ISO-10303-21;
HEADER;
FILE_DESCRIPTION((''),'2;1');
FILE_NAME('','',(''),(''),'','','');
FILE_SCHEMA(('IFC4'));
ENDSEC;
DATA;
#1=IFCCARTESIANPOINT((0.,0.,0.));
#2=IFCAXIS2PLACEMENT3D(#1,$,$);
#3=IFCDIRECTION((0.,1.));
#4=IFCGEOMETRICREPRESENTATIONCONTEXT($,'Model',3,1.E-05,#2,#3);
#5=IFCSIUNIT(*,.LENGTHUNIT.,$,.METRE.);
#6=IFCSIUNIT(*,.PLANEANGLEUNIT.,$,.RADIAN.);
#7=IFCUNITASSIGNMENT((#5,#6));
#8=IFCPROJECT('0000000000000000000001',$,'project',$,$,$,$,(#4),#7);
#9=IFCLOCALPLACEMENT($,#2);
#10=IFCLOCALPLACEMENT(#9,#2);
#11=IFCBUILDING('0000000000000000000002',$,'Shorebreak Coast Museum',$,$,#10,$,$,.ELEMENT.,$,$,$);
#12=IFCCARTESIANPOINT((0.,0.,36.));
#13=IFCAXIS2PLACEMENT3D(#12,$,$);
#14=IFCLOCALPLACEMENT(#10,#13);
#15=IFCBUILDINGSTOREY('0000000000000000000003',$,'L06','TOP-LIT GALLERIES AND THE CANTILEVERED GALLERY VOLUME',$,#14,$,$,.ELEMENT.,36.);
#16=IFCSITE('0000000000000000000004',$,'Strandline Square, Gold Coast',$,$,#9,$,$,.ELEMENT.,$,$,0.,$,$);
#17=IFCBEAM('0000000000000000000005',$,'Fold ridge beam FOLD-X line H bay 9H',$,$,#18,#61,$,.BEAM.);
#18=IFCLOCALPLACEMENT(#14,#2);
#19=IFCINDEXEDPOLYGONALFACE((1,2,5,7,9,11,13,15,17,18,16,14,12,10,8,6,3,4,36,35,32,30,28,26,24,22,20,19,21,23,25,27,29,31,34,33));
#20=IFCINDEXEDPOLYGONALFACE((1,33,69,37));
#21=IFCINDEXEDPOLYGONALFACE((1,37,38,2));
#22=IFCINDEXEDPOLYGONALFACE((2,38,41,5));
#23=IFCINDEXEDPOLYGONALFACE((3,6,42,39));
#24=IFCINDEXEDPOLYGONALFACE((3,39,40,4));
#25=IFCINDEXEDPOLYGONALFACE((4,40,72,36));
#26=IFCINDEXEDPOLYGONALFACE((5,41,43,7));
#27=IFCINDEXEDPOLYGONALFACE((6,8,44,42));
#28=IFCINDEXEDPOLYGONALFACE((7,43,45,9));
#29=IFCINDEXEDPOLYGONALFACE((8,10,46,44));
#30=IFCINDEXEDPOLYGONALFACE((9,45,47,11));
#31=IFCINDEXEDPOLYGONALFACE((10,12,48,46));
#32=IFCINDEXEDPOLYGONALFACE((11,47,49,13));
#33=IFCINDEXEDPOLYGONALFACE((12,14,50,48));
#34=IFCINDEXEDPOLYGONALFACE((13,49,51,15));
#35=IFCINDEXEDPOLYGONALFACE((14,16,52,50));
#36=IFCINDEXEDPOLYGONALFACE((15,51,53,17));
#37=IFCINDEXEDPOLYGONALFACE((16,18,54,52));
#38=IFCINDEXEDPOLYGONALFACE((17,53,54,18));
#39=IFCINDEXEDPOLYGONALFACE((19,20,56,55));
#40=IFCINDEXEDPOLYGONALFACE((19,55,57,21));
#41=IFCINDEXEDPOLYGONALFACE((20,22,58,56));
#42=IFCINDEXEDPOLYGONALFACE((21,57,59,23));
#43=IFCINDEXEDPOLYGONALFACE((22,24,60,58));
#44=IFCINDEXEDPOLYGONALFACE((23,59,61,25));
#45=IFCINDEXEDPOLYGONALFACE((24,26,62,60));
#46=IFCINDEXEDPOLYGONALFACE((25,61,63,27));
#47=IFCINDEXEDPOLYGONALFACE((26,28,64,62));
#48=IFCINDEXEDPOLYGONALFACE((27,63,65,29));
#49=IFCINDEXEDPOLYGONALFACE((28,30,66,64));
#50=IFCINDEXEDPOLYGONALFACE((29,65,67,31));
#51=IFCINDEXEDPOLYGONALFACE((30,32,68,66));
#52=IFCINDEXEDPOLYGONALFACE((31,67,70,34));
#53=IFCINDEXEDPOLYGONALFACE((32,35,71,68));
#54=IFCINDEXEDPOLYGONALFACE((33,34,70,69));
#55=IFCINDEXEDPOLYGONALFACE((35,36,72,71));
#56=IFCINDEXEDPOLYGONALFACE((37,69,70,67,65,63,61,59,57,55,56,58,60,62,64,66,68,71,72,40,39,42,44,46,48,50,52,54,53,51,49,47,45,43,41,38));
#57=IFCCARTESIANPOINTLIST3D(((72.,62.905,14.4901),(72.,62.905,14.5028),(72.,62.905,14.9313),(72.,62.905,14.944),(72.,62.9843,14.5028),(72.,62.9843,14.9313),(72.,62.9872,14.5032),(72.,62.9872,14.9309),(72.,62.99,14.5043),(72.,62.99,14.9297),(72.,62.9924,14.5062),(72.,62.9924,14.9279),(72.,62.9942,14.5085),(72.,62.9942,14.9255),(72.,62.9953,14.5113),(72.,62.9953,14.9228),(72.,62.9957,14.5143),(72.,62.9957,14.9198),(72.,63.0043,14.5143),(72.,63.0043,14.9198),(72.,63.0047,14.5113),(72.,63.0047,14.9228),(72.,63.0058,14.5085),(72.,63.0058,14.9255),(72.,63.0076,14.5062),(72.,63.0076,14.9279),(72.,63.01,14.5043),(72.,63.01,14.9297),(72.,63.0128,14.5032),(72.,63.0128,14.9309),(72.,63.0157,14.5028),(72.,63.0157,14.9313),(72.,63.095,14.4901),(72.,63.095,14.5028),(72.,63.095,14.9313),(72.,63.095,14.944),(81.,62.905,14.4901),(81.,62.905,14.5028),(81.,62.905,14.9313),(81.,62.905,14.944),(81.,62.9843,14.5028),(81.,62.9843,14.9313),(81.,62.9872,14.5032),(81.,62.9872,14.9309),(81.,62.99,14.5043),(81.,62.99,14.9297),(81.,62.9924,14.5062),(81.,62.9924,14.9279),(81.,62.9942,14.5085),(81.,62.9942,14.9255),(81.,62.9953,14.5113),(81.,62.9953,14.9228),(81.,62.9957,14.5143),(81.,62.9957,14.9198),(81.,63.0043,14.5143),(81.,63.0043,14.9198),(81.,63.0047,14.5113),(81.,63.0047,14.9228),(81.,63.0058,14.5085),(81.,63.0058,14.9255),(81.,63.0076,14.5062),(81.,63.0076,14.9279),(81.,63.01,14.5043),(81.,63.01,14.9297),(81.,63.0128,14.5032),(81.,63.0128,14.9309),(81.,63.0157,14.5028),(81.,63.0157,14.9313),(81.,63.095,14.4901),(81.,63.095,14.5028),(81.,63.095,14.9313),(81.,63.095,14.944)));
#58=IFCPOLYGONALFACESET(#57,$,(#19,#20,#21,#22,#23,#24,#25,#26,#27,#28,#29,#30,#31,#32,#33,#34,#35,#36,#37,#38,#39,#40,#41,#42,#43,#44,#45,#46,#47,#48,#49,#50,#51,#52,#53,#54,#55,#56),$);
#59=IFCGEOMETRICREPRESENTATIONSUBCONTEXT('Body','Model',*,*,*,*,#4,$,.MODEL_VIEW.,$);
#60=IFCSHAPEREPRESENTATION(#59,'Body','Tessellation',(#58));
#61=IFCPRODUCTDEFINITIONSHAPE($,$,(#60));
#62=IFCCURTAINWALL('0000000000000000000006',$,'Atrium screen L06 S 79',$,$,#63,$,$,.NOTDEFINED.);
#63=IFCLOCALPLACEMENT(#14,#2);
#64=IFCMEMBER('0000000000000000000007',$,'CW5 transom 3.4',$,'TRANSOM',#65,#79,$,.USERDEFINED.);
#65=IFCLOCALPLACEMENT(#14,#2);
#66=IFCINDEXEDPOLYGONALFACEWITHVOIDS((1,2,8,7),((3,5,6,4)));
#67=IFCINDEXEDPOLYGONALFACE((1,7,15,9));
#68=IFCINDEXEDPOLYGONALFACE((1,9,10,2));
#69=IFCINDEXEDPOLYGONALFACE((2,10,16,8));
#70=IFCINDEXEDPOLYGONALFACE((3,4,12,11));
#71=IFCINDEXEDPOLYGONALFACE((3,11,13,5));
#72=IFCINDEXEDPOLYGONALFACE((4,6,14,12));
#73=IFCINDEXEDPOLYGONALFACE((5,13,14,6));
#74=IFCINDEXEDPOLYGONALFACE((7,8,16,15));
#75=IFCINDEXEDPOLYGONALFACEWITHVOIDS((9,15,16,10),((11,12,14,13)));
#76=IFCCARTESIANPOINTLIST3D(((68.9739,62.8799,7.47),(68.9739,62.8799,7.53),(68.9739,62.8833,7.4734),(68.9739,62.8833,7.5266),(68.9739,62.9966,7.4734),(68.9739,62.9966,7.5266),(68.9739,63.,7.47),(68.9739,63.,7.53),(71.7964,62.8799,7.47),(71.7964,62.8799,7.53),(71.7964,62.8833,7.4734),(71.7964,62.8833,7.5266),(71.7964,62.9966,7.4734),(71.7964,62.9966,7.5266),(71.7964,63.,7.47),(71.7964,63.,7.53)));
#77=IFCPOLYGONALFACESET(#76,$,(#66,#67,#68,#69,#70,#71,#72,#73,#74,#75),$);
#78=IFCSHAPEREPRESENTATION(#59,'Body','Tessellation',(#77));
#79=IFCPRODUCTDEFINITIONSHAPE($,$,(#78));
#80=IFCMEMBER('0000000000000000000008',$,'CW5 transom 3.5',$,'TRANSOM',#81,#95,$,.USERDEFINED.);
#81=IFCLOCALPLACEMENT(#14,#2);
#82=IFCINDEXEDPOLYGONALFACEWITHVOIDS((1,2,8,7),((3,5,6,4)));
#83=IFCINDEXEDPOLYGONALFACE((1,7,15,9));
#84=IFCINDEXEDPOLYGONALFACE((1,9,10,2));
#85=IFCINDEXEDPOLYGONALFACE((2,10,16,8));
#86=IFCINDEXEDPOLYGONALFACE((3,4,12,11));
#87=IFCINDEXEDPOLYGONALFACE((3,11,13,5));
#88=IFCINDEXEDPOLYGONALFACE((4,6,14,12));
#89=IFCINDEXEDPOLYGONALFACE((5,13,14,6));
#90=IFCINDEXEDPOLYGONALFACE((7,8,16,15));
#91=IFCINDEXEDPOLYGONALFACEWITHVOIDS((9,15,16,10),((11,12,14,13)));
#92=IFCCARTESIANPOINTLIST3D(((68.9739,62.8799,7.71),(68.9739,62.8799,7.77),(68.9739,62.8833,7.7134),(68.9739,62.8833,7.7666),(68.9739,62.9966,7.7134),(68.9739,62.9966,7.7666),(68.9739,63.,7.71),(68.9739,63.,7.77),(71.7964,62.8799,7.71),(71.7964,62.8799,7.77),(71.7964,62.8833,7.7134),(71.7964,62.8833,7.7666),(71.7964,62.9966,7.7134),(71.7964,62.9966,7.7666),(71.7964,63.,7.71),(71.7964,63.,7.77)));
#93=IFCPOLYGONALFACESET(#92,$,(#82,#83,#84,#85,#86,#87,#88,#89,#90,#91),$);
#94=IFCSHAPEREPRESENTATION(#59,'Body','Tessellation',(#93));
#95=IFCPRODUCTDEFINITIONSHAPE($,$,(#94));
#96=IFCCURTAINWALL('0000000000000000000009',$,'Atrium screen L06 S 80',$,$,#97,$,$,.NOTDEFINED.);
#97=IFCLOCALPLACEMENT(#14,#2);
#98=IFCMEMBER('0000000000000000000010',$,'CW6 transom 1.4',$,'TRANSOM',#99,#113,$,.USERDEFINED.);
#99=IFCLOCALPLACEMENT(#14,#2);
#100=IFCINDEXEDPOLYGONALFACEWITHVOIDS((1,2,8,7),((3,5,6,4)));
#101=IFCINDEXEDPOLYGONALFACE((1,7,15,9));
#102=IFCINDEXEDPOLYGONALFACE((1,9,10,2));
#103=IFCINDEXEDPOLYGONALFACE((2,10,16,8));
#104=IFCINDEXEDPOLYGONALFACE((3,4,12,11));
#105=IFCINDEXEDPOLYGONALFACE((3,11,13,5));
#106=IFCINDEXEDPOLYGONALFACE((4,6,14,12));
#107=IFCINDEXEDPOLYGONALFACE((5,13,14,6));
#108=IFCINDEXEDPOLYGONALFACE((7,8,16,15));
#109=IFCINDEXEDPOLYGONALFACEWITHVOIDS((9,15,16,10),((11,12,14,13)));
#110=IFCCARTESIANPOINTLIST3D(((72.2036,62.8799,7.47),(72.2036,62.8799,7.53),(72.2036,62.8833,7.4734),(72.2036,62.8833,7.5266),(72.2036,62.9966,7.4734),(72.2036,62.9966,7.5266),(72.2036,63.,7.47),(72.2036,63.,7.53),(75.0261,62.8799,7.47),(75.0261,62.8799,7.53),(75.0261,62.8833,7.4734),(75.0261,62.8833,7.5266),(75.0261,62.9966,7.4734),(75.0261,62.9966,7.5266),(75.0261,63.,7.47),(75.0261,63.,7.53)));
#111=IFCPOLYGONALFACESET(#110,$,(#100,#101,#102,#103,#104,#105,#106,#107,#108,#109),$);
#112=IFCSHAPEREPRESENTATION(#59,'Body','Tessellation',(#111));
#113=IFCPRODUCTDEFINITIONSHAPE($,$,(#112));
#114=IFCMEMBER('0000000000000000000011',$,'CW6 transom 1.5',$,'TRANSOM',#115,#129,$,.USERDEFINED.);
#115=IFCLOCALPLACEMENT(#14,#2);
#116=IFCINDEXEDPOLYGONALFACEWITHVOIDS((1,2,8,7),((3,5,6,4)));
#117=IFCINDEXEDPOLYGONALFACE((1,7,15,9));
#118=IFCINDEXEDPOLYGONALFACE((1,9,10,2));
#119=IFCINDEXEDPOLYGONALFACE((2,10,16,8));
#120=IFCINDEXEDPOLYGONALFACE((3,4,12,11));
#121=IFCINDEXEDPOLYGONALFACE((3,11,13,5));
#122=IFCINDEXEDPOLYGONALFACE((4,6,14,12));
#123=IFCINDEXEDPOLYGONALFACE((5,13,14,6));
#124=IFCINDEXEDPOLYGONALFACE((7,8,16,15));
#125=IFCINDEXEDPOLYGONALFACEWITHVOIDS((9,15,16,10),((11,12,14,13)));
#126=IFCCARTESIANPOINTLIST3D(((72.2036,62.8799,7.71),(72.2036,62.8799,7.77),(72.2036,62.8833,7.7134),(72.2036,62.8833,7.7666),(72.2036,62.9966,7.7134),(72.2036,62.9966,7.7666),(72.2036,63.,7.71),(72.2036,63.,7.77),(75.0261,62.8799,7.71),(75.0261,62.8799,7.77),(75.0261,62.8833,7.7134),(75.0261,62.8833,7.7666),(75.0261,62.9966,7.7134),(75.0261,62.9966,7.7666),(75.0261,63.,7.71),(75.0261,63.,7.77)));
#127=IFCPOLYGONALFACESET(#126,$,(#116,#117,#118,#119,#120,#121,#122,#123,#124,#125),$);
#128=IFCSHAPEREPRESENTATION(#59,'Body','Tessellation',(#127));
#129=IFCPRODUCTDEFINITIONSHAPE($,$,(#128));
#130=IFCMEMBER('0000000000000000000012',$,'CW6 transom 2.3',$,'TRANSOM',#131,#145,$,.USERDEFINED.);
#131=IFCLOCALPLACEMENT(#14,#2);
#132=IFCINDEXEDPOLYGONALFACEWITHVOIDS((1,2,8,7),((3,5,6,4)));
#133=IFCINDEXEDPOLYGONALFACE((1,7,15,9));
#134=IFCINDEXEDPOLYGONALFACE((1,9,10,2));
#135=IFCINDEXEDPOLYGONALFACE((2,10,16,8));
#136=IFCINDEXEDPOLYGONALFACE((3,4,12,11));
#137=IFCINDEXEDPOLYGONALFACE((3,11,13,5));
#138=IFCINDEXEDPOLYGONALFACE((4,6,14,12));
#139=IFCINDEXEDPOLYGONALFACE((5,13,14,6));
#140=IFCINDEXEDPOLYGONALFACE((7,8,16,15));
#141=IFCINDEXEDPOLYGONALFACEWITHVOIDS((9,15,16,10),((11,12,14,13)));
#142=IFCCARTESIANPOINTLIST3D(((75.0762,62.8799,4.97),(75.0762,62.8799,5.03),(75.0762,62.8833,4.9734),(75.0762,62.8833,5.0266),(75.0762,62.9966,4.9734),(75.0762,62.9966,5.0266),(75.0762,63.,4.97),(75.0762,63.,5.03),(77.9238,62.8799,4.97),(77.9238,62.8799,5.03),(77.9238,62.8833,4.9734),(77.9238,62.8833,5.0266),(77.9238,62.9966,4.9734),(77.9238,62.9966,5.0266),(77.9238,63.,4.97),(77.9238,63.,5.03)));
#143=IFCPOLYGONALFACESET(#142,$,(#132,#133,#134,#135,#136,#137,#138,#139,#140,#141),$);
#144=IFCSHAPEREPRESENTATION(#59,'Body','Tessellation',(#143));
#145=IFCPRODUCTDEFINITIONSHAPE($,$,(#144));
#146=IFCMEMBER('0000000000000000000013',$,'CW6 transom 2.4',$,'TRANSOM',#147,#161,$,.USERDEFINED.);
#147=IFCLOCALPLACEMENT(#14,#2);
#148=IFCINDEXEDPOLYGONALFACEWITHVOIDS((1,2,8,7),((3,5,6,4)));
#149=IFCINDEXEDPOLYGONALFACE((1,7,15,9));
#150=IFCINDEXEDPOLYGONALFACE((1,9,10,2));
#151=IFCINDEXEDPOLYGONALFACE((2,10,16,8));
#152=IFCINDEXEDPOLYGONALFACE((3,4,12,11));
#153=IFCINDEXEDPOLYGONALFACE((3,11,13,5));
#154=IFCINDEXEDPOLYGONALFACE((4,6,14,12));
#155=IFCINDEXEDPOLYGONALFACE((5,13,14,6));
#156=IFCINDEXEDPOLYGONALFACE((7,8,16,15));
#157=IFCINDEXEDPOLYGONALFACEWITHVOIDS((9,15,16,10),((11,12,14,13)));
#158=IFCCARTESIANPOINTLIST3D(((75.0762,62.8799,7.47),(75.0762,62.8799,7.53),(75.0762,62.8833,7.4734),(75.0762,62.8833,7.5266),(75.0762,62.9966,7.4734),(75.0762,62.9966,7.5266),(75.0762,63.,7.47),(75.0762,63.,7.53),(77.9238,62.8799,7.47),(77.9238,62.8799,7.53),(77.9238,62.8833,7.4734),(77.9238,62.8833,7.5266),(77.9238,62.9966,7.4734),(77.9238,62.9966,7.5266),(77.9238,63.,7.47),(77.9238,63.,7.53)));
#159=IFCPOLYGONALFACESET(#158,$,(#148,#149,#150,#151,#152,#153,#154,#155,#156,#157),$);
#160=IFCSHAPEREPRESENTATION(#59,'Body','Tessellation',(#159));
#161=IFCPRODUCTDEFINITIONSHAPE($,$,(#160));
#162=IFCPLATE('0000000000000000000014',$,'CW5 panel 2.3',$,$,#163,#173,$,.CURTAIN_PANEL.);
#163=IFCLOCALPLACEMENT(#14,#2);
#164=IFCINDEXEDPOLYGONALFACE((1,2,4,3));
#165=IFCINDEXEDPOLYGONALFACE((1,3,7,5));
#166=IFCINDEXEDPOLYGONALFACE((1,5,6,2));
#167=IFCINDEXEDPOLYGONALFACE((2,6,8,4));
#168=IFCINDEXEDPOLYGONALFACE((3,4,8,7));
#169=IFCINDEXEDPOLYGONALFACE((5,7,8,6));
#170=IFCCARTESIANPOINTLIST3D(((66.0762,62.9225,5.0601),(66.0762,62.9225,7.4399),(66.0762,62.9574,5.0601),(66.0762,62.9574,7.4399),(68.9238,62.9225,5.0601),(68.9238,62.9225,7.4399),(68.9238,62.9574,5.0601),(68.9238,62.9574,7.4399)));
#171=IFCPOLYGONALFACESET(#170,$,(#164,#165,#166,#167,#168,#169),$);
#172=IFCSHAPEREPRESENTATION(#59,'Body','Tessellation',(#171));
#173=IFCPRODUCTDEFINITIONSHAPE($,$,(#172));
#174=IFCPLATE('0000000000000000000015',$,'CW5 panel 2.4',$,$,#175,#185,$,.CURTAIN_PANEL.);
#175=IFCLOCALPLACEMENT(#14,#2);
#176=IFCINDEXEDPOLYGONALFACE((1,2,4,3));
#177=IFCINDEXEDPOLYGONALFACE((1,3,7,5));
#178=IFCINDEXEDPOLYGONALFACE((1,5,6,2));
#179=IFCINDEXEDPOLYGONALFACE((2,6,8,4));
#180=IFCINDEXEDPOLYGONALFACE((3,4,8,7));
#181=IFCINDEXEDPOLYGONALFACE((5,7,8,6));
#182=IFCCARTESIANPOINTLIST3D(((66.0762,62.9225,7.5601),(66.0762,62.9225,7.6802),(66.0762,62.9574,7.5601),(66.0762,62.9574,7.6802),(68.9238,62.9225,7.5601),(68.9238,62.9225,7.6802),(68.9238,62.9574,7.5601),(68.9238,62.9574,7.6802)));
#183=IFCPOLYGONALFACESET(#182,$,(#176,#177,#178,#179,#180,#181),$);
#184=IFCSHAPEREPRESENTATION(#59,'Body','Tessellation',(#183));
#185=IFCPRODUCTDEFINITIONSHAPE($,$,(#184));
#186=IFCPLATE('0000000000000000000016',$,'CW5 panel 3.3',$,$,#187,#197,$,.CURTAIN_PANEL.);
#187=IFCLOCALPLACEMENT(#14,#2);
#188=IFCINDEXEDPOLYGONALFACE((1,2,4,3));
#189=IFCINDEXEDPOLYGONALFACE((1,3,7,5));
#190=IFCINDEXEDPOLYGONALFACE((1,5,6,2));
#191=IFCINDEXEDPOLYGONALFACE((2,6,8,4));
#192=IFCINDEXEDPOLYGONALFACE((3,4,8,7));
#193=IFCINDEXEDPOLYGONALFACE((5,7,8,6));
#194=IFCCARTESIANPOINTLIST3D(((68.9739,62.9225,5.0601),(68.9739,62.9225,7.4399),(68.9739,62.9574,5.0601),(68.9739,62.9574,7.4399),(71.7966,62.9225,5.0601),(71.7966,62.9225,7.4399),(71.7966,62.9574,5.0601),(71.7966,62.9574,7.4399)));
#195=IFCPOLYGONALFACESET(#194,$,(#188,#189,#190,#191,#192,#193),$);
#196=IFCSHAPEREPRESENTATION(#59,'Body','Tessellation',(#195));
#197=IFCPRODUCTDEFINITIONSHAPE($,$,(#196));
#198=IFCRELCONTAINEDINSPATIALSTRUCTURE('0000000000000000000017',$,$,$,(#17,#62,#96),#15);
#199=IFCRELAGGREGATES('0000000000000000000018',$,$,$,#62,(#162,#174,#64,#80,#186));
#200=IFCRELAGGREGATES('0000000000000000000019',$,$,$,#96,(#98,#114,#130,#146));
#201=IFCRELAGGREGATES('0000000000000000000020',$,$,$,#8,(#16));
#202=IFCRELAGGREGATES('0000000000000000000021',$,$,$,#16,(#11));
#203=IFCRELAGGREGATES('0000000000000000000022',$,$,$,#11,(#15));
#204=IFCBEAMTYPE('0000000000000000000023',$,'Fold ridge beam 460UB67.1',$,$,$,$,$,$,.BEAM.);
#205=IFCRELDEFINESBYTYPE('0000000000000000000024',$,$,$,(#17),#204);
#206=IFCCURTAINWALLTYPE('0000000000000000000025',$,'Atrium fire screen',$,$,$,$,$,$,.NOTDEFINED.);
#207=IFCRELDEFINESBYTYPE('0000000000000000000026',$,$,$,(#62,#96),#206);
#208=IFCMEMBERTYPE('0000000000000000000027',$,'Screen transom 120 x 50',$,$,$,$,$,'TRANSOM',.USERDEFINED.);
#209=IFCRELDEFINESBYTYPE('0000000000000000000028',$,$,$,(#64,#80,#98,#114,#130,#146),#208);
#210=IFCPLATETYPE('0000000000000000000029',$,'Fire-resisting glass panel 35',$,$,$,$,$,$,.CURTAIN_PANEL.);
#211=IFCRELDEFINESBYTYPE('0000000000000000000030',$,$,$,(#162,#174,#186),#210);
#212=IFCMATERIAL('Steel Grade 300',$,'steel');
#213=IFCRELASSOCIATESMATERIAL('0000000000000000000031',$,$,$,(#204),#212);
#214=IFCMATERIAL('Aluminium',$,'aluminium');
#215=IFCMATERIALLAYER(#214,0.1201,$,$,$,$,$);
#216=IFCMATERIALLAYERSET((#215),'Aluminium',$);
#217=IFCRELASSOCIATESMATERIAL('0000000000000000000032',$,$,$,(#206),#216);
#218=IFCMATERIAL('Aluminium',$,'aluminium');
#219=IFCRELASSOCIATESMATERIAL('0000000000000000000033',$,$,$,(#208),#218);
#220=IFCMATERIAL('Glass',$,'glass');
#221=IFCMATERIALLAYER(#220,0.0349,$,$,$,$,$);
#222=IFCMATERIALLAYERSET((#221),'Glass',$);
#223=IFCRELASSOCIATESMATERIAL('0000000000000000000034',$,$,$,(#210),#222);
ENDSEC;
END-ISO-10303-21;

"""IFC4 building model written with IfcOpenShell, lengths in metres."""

from ifc_helpers import new_model, si_unit, direction, frame, origin, origin_2d, place, context, subcontext, project, spatial, rectangle, hollow_rectangle, i_section, extrude, material, layer, layer_set, material_profile, profile_set, type_object, element, aggregate, save


model = new_model("IFC4")

# Units and contexts
model_context = context("Model", 3, precision=1e-05, world=origin(), true_north=direction((0.0, 1.0)))
body_context = subcontext(model_context, "Body", "Model", "MODEL_VIEW")
ifc_project = project(units=[si_unit("LENGTHUNIT", "METRE"), si_unit("PLANEANGLEUNIT", "RADIAN")], contexts=[model_context])

# Site, building, storey
site_placement = place(None, origin())
site = spatial("IfcSite", under=ifc_project, at=site_placement, Name="Strandline Square, Gold Coast", CompositionType="ELEMENT", RefElevation=0.0)
building_placement = place(site_placement, origin())
building = spatial("IfcBuilding", under=site, at=building_placement, Name="Shorebreak Coast Museum", CompositionType="ELEMENT")
storey_placement = place(building_placement, frame((0.0, 0.0, 36.0)))
storey = spatial("IfcBuildingStorey", under=building, at=storey_placement, Name="L06", Description="TOP-LIT GALLERIES AND THE CANTILEVERED GALLERY VOLUME", CompositionType="ELEMENT", Elevation=36.0)

# Beam
ifc_material_1 = material(Name="Steel Grade 300", Category="steel")
ifc_material_profile_1 = material_profile(ifc_material_1, i_section(OverallWidth=0.1899, OverallDepth=0.4539, WebThickness=0.0085, FlangeThickness=0.0127, FilletRadius=0.0115, at=origin_2d()), Name="460UB67.1")
ifc_profile_set_1 = profile_set([ifc_material_profile_1], Name="Steel Grade 300")
beam_type_1 = type_object("IfcBeamType", Name="Fold ridge beam 460UB67.1", PredefinedType="BEAM", material=ifc_profile_set_1)
beam_1_placement = place(storey_placement, frame((72.0, 63.0, 14.717), z_axis=(1.0, 0.0, 0.0), x_axis=(0.0, 1.0, 0.0)))
element("IfcBeam", 1, at=beam_1_placement, inside=storey, type_object=beam_type_1, Name="Fold ridge beam FOLD-X line H bay 9H", PredefinedType="BEAM", context=body_context, shape_type="SweptSolid", body=[
    extrude(i_section(OverallWidth=0.1899, OverallDepth=0.4539, WebThickness=0.0085, FlangeThickness=0.0127, FilletRadius=0.0115, at=origin_2d()), origin(), (0.0, 0.0, 1.0), 9.0),
])

# Curtain walls, members
ifc_material_2 = material(Name="Aluminium", Category="aluminium")
ifc_layer_1 = layer(ifc_material_2, 0.1201)
ifc_layer_set_1 = layer_set([ifc_layer_1], Name="Aluminium")
curtain_wall_type = type_object("IfcCurtainWallType", Name="Atrium fire screen", PredefinedType="NOTDEFINED", material=ifc_layer_set_1)
curtain_wall_1_placement = place(storey_placement, origin())
curtain_wall_1 = element("IfcCurtainWall", 2, at=curtain_wall_1_placement, inside=storey, type_object=curtain_wall_type, Name="Atrium screen L06 S 79", PredefinedType="NOTDEFINED")
ifc_material_3 = material(Name="Aluminium", Category="aluminium")
ifc_material_profile_2 = material_profile(ifc_material_3, hollow_rectangle(XDim=0.1201, YDim=0.0601, WallThickness=0.0034, at=origin_2d()), Name="AL 60x120 RHS")
ifc_profile_set_2 = profile_set([ifc_material_profile_2], Name="Aluminium")
member_type_1 = type_object("IfcMemberType", Name="Screen transom 120 x 50", ElementType="TRANSOM", PredefinedType="USERDEFINED", material=ifc_profile_set_2)
member_1_placement = place(storey_placement, frame((68.9739, 62.9399, 7.5), z_axis=(1.0, 0.0, 0.0), x_axis=(0.0, 1.0, 0.0)))
member_1 = element("IfcMember", 3, at=member_1_placement, type_object=member_type_1, Name="CW5 transom 3.4", ObjectType="TRANSOM", PredefinedType="USERDEFINED", context=body_context, shape_type="SweptSolid", body=[
    extrude(hollow_rectangle(XDim=0.1201, YDim=0.0601, WallThickness=0.0034, at=origin_2d()), origin(), (0.0, 0.0, 1.0), 2.8225),
])
member_2_placement = place(storey_placement, frame((68.9739, 62.9399, 7.74), z_axis=(1.0, 0.0, 0.0), x_axis=(0.0, 1.0, 0.0)))
member_2 = element("IfcMember", 4, at=member_2_placement, type_object=member_type_1, Name="CW5 transom 3.5", ObjectType="TRANSOM", PredefinedType="USERDEFINED", context=body_context, shape_type="SweptSolid", body=[
    extrude(hollow_rectangle(XDim=0.1201, YDim=0.0601, WallThickness=0.0034, at=origin_2d()), origin(), (0.0, 0.0, 1.0), 2.8225),
])
curtain_wall_2_placement = place(storey_placement, origin())
curtain_wall_2 = element("IfcCurtainWall", 5, at=curtain_wall_2_placement, inside=storey, type_object=curtain_wall_type, Name="Atrium screen L06 S 80", PredefinedType="NOTDEFINED")
member_3_placement = place(storey_placement, frame((72.2036, 62.9399, 7.5), z_axis=(1.0, 0.0, 0.0), x_axis=(0.0, 1.0, 0.0)))
member_3 = element("IfcMember", 6, at=member_3_placement, type_object=member_type_1, Name="CW6 transom 1.4", ObjectType="TRANSOM", PredefinedType="USERDEFINED", context=body_context, shape_type="SweptSolid", body=[
    extrude(hollow_rectangle(XDim=0.1201, YDim=0.0601, WallThickness=0.0034, at=origin_2d()), origin(), (0.0, 0.0, 1.0), 2.8225),
])
member_4_placement = place(storey_placement, frame((72.2036, 62.9399, 7.74), z_axis=(1.0, 0.0, 0.0), x_axis=(0.0, 1.0, 0.0)))
member_4 = element("IfcMember", 7, at=member_4_placement, type_object=member_type_1, Name="CW6 transom 1.5", ObjectType="TRANSOM", PredefinedType="USERDEFINED", context=body_context, shape_type="SweptSolid", body=[
    extrude(hollow_rectangle(XDim=0.1201, YDim=0.0601, WallThickness=0.0034, at=origin_2d()), origin(), (0.0, 0.0, 1.0), 2.8225),
])
member_5_placement = place(storey_placement, frame((75.0762, 62.9399, 5.0), z_axis=(1.0, 0.0, 0.0), x_axis=(0.0, 1.0, 0.0)))
member_5 = element("IfcMember", 8, at=member_5_placement, type_object=member_type_1, Name="CW6 transom 2.3", ObjectType="TRANSOM", PredefinedType="USERDEFINED", context=body_context, shape_type="SweptSolid", body=[
    extrude(hollow_rectangle(XDim=0.1201, YDim=0.0601, WallThickness=0.0034, at=origin_2d()), origin(), (0.0, 0.0, 1.0), 2.8477),
])
member_6_placement = place(storey_placement, frame((75.0762, 62.9399, 7.5), z_axis=(1.0, 0.0, 0.0), x_axis=(0.0, 1.0, 0.0)))
member_6 = element("IfcMember", 9, at=member_6_placement, type_object=member_type_1, Name="CW6 transom 2.4", ObjectType="TRANSOM", PredefinedType="USERDEFINED", context=body_context, shape_type="SweptSolid", body=[
    extrude(hollow_rectangle(XDim=0.1201, YDim=0.0601, WallThickness=0.0034, at=origin_2d()), origin(), (0.0, 0.0, 1.0), 2.8477),
])

# Plates
ifc_material_4 = material(Name="Glass", Category="glass")
ifc_layer_2 = layer(ifc_material_4, 0.0349)
ifc_layer_set_2 = layer_set([ifc_layer_2], Name="Glass")
plate_type = type_object("IfcPlateType", Name="Fire-resisting glass panel 35", PredefinedType="CURTAIN_PANEL", material=ifc_layer_set_2)
plate_1_placement = place(storey_placement, frame((67.5, 62.9399, 5.0601), z_axis=(0.0, 0.0, 1.0), x_axis=(1.0, 0.0, 0.0)))
plate_1 = element("IfcPlate", 10, at=plate_1_placement, type_object=plate_type, Name="CW5 panel 2.3", PredefinedType="CURTAIN_PANEL", context=body_context, shape_type="SweptSolid", body=[
    extrude(rectangle(XDim=2.8477, YDim=0.0349, at=origin_2d()), origin(), (0.0, 0.0, 1.0), 2.3799),
])
plate_2_placement = place(storey_placement, frame((67.5, 62.9399, 7.5601), z_axis=(0.0, 0.0, 1.0), x_axis=(1.0, 0.0, 0.0)))
plate_2 = element("IfcPlate", 11, at=plate_2_placement, type_object=plate_type, Name="CW5 panel 2.4", PredefinedType="CURTAIN_PANEL", context=body_context, shape_type="SweptSolid", body=[
    extrude(rectangle(XDim=2.8477, YDim=0.0349, at=origin_2d()), origin(), (0.0, 0.0, 1.0), 0.1201),
])
plate_3_placement = place(storey_placement, frame((70.3853, 62.9399, 5.0601), z_axis=(0.0, 0.0, 1.0), x_axis=(1.0, 0.0, 0.0)))
plate_3 = element("IfcPlate", 12, at=plate_3_placement, type_object=plate_type, Name="CW5 panel 3.3", PredefinedType="CURTAIN_PANEL", context=body_context, shape_type="SweptSolid", body=[
    extrude(rectangle(XDim=2.8228, YDim=0.0349, at=origin_2d()), origin(), (0.0, 0.0, 1.0), 2.3799),
])
aggregate(curtain_wall_1, [plate_1, plate_2, member_1, member_2, plate_3])
aggregate(curtain_wall_2, [member_3, member_4, member_5, member_6])

save(model, "model.ifc")
